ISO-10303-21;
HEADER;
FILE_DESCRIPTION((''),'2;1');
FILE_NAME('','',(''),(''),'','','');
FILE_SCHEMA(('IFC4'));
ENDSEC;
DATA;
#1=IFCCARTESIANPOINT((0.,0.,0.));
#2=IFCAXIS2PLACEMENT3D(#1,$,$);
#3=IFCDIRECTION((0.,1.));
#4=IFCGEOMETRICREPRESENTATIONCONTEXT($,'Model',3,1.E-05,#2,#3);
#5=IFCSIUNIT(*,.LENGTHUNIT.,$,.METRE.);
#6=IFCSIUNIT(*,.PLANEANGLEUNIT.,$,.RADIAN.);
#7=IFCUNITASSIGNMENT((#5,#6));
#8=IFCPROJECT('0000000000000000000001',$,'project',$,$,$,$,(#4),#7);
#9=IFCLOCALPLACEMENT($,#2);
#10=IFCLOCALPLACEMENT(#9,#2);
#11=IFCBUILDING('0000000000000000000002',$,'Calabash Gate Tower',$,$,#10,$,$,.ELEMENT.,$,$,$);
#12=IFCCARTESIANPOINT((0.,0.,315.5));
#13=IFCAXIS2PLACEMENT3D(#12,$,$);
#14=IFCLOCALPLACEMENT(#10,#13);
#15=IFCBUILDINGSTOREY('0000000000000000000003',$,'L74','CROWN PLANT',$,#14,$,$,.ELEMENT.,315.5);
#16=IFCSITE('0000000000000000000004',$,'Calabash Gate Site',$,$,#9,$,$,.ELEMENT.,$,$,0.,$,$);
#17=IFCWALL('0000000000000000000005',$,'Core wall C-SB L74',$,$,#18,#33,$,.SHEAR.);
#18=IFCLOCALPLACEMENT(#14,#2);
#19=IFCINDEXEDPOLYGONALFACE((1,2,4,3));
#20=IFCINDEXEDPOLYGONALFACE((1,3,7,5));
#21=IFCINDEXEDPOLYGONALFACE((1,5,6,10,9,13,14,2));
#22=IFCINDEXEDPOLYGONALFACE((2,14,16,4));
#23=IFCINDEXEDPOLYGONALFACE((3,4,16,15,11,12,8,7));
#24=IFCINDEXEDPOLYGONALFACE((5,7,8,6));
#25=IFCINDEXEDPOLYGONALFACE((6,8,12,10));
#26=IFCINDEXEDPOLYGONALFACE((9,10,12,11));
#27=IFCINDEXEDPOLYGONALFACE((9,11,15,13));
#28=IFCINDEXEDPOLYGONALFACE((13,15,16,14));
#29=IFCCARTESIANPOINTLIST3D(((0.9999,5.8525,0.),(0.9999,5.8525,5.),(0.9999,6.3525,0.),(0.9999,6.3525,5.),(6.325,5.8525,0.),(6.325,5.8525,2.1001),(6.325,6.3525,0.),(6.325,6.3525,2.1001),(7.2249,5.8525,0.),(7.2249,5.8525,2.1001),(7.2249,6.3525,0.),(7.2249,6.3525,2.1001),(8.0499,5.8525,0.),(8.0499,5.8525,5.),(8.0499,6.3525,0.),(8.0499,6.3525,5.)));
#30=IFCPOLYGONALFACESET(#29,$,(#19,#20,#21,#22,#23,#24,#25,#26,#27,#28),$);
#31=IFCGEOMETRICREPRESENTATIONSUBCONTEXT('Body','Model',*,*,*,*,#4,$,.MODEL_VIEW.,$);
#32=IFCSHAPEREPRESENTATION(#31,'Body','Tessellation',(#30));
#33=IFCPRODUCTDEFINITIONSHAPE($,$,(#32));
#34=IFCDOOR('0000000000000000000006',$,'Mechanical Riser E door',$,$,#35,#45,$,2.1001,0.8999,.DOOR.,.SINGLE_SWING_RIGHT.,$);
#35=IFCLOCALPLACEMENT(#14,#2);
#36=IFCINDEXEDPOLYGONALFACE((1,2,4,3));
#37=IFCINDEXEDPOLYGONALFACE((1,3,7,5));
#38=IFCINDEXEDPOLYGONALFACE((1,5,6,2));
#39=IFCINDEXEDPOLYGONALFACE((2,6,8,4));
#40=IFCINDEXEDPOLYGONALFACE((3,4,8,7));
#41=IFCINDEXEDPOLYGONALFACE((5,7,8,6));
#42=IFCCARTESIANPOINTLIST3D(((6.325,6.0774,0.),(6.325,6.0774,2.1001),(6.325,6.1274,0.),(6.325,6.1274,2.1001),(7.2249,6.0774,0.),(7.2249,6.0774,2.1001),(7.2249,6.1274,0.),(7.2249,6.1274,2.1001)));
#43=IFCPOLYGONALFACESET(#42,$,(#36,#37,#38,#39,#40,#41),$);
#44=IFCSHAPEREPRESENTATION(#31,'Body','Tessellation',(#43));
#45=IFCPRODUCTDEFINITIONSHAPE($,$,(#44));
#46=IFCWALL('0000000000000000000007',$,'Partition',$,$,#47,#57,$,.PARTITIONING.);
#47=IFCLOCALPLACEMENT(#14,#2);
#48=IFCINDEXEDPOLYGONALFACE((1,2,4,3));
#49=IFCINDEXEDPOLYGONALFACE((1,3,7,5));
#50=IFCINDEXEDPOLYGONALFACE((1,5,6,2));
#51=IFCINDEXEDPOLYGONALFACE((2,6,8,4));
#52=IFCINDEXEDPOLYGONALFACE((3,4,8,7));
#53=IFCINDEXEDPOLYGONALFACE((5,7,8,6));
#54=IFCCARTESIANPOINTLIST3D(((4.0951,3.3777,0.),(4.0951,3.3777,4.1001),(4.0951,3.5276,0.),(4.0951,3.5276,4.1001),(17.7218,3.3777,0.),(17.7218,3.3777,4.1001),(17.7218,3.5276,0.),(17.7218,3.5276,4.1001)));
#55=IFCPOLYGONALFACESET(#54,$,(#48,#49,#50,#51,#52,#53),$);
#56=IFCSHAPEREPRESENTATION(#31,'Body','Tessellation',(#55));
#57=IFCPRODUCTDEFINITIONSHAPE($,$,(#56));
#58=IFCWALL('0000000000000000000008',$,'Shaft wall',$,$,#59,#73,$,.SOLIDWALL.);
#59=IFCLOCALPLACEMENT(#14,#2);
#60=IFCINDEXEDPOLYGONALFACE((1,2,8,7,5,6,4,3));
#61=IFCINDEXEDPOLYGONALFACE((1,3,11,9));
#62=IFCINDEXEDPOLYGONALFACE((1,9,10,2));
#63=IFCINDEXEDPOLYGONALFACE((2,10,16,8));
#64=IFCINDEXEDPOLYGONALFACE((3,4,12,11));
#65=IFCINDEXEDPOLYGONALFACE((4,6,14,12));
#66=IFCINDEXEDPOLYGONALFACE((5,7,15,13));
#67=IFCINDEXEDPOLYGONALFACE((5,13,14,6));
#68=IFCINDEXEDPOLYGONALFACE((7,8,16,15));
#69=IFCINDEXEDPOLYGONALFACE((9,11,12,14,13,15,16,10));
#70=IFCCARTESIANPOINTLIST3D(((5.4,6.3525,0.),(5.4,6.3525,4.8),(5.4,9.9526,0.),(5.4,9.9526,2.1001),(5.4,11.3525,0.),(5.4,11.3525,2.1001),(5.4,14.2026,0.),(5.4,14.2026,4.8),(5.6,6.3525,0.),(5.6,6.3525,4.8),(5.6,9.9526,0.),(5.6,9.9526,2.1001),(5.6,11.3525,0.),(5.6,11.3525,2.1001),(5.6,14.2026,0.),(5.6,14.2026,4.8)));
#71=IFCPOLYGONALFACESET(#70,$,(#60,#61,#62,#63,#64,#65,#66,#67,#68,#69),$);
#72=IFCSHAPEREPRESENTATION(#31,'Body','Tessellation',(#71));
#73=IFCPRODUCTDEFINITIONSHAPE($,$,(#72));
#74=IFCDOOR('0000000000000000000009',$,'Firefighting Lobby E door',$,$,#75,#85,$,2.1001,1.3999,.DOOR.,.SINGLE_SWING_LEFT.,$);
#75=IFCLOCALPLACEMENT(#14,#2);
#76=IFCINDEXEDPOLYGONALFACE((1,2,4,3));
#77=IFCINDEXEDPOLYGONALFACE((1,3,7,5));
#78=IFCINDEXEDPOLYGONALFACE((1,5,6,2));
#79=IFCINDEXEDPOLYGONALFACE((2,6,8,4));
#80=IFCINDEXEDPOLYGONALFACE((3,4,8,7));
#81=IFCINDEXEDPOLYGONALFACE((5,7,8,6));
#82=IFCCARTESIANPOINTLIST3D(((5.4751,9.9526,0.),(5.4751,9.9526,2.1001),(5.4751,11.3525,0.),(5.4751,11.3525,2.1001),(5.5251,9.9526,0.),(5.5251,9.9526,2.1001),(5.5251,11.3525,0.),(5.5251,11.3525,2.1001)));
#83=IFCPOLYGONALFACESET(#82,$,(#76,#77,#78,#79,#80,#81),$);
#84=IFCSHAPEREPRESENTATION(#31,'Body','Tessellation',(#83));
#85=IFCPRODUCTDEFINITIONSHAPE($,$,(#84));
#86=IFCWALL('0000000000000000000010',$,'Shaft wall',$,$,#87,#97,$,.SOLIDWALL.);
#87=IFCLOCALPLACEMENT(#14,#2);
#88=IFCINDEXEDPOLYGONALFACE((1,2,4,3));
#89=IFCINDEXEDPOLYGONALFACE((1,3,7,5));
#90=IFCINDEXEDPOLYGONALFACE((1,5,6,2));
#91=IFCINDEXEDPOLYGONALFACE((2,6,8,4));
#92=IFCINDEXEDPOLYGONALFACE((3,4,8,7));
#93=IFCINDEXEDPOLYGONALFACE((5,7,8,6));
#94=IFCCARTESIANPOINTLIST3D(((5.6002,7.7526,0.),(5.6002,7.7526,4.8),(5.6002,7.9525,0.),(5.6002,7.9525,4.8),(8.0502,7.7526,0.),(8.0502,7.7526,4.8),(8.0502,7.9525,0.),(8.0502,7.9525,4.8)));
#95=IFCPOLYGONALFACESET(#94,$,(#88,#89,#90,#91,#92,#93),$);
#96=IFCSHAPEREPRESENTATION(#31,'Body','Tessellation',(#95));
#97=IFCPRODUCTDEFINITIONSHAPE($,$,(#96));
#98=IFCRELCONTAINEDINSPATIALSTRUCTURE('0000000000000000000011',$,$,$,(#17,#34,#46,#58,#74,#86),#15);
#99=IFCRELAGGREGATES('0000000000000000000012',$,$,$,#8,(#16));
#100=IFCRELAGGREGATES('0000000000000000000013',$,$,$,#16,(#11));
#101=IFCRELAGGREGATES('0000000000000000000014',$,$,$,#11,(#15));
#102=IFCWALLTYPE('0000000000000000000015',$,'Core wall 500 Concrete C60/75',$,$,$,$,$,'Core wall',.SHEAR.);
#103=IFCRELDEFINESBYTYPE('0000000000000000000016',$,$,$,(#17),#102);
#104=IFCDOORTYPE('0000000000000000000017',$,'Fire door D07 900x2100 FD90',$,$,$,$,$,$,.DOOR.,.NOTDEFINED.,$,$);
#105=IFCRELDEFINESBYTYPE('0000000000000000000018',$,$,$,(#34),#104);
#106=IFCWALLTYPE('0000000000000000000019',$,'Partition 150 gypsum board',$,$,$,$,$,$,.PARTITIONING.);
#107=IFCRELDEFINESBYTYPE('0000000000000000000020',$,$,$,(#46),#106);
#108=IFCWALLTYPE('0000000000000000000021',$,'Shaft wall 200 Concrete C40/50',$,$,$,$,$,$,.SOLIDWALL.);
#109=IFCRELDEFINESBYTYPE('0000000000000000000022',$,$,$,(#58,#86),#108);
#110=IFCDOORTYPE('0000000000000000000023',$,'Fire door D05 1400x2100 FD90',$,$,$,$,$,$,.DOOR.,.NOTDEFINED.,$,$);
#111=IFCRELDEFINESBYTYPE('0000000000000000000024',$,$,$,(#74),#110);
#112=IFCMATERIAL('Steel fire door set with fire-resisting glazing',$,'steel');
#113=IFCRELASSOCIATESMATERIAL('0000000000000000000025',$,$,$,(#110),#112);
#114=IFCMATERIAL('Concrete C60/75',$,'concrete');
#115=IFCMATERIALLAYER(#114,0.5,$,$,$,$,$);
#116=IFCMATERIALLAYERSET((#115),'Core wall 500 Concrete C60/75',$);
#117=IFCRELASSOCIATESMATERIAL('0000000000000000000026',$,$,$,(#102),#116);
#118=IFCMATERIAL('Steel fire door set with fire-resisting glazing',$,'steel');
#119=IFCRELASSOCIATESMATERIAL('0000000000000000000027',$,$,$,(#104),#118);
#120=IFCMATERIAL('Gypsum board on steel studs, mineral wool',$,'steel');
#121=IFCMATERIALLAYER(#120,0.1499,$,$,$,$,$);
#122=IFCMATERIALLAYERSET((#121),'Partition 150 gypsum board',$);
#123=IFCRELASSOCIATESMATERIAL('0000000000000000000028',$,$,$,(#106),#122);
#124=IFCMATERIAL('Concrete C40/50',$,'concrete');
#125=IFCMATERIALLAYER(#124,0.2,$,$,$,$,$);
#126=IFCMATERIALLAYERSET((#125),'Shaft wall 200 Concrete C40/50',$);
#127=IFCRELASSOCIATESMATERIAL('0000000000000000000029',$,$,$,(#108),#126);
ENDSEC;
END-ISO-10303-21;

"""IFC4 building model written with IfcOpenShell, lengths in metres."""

from ifc_helpers import new_model, si_unit, direction, frame, frame_2d, origin, place, context, subcontext, project, spatial, rectangle, extrude, material, layer, layer_set, type_object, element, fill, save


model = new_model("IFC4")

# Units and contexts
model_context = context("Model", 3, precision=1e-05, world=origin(), true_north=direction((0.0, 1.0)))
body_context = subcontext(model_context, "Body", "Model", "MODEL_VIEW")
ifc_project = project(units=[si_unit("LENGTHUNIT", "METRE"), si_unit("PLANEANGLEUNIT", "RADIAN")], contexts=[model_context])

# Site, building, storey
site_placement = place(None, origin())
site = spatial("IfcSite", under=ifc_project, at=site_placement, Name="Calabash Gate Site", CompositionType="ELEMENT", RefElevation=0.0)
building_placement = place(site_placement, origin())
building = spatial("IfcBuilding", under=site, at=building_placement, Name="Calabash Gate Tower", CompositionType="ELEMENT")
storey_placement = place(building_placement, frame((0.0, 0.0, 315.5)))
storey = spatial("IfcBuildingStorey", under=building, at=storey_placement, Name="L74", Description="CROWN PLANT", CompositionType="ELEMENT", Elevation=315.5)

# Shared definitions
ifc_material_1 = material(Name="Steel fire door set with fire-resisting glazing", Category="steel")
door_type_1 = type_object("IfcDoorType", Name="Fire door D05 1400x2100 FD90", OperationType="NOTDEFINED", PredefinedType="DOOR", material=ifc_material_1)

# Wall, opening, door
ifc_material_2 = material(Name="Concrete C60/75", Category="concrete")
ifc_layer_1 = layer(ifc_material_2, 0.5)
ifc_layer_set_1 = layer_set([ifc_layer_1], Name="Core wall 500 Concrete C60/75")
wall_type_1 = type_object("IfcWallType", Name="Core wall 500 Concrete C60/75", ElementType="Core wall", PredefinedType="SHEAR", material=ifc_layer_set_1)
wall_1_placement = place(storey_placement, frame((1.0, 6.1025, 0.0), z_axis=(0.0, 0.0, 1.0), x_axis=(1.0, 0.0, 0.0)))
wall_1 = element("IfcWall", 1, at=wall_1_placement, inside=storey, type_object=wall_type_1, Name="Core wall C-SB L74", PredefinedType="SHEAR", context=body_context, shape_type="SweptSolid", body=[
    extrude(rectangle(XDim=7.05, YDim=0.5, at=frame_2d((3.5249, 0.0))), origin(), (0.0, 0.0, 1.0), 5.0),
])
opening_1_placement = place(wall_1_placement, frame((5.325, 0.0, 0.0)))
opening_1 = element("IfcOpeningElement", 2, at=opening_1_placement, cuts=wall_1, PredefinedType="OPENING", context=body_context, shape_type="SweptSolid", body=[
    extrude(rectangle(XDim=0.8999, YDim=2.1001, at=frame_2d((0.45, 1.05))), frame((0.0, 0.26, 0.0), z_axis=(0.0, -1.0, 0.0), x_axis=(1.0, 0.0, 0.0)), (0.0, 0.0, 1.0), 0.52),
])
ifc_material_3 = material(Name="Steel fire door set with fire-resisting glazing", Category="steel")
door_type_2 = type_object("IfcDoorType", Name="Fire door D07 900x2100 FD90", OperationType="NOTDEFINED", PredefinedType="DOOR", material=ifc_material_3)
door_1_placement = place(opening_1_placement, origin())
door_1 = element("IfcDoor", 3, at=door_1_placement, inside=storey, type_object=door_type_2, Name="Mechanical Riser E door", OperationType="SINGLE_SWING_RIGHT", OverallHeight=2.1001, OverallWidth=0.8999, PredefinedType="DOOR", context=body_context, shape_type="SweptSolid", body=[
    extrude(rectangle(XDim=0.8999, YDim=2.1001, at=frame_2d((0.45, 1.05))), frame((0.0, 0.0249, 0.0), z_axis=(0.0, -1.0, 0.0), x_axis=(1.0, 0.0, 0.0)), (0.0, 0.0, 1.0), 0.05),
])
fill(opening_1, door_1)

# Wall
ifc_material_4 = material(Name="Gypsum board on steel studs, mineral wool", Category="steel")
ifc_layer_2 = layer(ifc_material_4, 0.1499)
ifc_layer_set_2 = layer_set([ifc_layer_2], Name="Partition 150 gypsum board")
wall_type_2 = type_object("IfcWallType", Name="Partition 150 gypsum board", PredefinedType="PARTITIONING", material=ifc_layer_set_2)
wall_2_placement = place(storey_placement, frame((4.095, 3.4526, 0.0), z_axis=(0.0, 0.0, 1.0), x_axis=(1.0, 0.0, 0.0)))
element("IfcWall", 4, at=wall_2_placement, inside=storey, type_object=wall_type_2, Name="Partition", PredefinedType="PARTITIONING", context=body_context, shape_type="SweptSolid", body=[
    extrude(rectangle(XDim=13.6267, YDim=0.1499, at=frame_2d((6.8135, 0.0))), origin(), (0.0, 0.0, 1.0), 4.1001),
])

# Wall, opening, door
ifc_material_5 = material(Name="Concrete C40/50", Category="concrete")
ifc_layer_3 = layer(ifc_material_5, 0.2)
ifc_layer_set_3 = layer_set([ifc_layer_3], Name="Shaft wall 200 Concrete C40/50")
wall_type_3 = type_object("IfcWallType", Name="Shaft wall 200 Concrete C40/50", PredefinedType="SOLIDWALL", material=ifc_layer_set_3)
wall_3_placement = place(storey_placement, frame((5.5, 6.3525, 0.0), z_axis=(0.0, 0.0, 1.0), x_axis=(0.0, 1.0, 0.0)))
wall_3 = element("IfcWall", 5, at=wall_3_placement, inside=storey, type_object=wall_type_3, Name="Shaft wall", PredefinedType="SOLIDWALL", context=body_context, shape_type="SweptSolid", body=[
    extrude(rectangle(XDim=7.8501, YDim=0.2, at=frame_2d((3.925, 0.0))), origin(), (0.0, 0.0, 1.0), 4.8),
])
opening_2_placement = place(wall_3_placement, frame((3.6001, 0.0, 0.0)))
opening_2 = element("IfcOpeningElement", 6, at=opening_2_placement, cuts=wall_3, PredefinedType="OPENING", context=body_context, shape_type="SweptSolid", body=[
    extrude(rectangle(XDim=1.3999, YDim=2.1001, at=frame_2d((0.7, 1.05))), frame((0.0, 0.1099, 0.0), z_axis=(0.0, -1.0, 0.0), x_axis=(1.0, 0.0, 0.0)), (0.0, 0.0, 1.0), 0.22),
])
door_2_placement = place(opening_2_placement, origin())
door_2 = element("IfcDoor", 7, at=door_2_placement, inside=storey, type_object=door_type_1, Name="Firefighting Lobby E door", OperationType="SINGLE_SWING_LEFT", OverallHeight=2.1001, OverallWidth=1.3999, PredefinedType="DOOR", context=body_context, shape_type="SweptSolid", body=[
    extrude(rectangle(XDim=1.3999, YDim=2.1001, at=frame_2d((0.7, 1.05))), frame((0.0, 0.0249, 0.0), z_axis=(0.0, -1.0, 0.0), x_axis=(1.0, 0.0, 0.0)), (0.0, 0.0, 1.0), 0.05),
])
fill(opening_2, door_2)

# Wall
wall_4_placement = place(storey_placement, frame((5.6001, 7.8525, 0.0), z_axis=(0.0, 0.0, 1.0), x_axis=(1.0, 0.0, 0.0)))
element("IfcWall", 8, at=wall_4_placement, inside=storey, type_object=wall_type_3, Name="Shaft wall", PredefinedType="SOLIDWALL", context=body_context, shape_type="SweptSolid", body=[
    extrude(rectangle(XDim=2.45, YDim=0.2, at=frame_2d((1.2251, 0.0))), origin(), (0.0, 0.0, 1.0), 4.8),
])

save(model, "model.ifc")
